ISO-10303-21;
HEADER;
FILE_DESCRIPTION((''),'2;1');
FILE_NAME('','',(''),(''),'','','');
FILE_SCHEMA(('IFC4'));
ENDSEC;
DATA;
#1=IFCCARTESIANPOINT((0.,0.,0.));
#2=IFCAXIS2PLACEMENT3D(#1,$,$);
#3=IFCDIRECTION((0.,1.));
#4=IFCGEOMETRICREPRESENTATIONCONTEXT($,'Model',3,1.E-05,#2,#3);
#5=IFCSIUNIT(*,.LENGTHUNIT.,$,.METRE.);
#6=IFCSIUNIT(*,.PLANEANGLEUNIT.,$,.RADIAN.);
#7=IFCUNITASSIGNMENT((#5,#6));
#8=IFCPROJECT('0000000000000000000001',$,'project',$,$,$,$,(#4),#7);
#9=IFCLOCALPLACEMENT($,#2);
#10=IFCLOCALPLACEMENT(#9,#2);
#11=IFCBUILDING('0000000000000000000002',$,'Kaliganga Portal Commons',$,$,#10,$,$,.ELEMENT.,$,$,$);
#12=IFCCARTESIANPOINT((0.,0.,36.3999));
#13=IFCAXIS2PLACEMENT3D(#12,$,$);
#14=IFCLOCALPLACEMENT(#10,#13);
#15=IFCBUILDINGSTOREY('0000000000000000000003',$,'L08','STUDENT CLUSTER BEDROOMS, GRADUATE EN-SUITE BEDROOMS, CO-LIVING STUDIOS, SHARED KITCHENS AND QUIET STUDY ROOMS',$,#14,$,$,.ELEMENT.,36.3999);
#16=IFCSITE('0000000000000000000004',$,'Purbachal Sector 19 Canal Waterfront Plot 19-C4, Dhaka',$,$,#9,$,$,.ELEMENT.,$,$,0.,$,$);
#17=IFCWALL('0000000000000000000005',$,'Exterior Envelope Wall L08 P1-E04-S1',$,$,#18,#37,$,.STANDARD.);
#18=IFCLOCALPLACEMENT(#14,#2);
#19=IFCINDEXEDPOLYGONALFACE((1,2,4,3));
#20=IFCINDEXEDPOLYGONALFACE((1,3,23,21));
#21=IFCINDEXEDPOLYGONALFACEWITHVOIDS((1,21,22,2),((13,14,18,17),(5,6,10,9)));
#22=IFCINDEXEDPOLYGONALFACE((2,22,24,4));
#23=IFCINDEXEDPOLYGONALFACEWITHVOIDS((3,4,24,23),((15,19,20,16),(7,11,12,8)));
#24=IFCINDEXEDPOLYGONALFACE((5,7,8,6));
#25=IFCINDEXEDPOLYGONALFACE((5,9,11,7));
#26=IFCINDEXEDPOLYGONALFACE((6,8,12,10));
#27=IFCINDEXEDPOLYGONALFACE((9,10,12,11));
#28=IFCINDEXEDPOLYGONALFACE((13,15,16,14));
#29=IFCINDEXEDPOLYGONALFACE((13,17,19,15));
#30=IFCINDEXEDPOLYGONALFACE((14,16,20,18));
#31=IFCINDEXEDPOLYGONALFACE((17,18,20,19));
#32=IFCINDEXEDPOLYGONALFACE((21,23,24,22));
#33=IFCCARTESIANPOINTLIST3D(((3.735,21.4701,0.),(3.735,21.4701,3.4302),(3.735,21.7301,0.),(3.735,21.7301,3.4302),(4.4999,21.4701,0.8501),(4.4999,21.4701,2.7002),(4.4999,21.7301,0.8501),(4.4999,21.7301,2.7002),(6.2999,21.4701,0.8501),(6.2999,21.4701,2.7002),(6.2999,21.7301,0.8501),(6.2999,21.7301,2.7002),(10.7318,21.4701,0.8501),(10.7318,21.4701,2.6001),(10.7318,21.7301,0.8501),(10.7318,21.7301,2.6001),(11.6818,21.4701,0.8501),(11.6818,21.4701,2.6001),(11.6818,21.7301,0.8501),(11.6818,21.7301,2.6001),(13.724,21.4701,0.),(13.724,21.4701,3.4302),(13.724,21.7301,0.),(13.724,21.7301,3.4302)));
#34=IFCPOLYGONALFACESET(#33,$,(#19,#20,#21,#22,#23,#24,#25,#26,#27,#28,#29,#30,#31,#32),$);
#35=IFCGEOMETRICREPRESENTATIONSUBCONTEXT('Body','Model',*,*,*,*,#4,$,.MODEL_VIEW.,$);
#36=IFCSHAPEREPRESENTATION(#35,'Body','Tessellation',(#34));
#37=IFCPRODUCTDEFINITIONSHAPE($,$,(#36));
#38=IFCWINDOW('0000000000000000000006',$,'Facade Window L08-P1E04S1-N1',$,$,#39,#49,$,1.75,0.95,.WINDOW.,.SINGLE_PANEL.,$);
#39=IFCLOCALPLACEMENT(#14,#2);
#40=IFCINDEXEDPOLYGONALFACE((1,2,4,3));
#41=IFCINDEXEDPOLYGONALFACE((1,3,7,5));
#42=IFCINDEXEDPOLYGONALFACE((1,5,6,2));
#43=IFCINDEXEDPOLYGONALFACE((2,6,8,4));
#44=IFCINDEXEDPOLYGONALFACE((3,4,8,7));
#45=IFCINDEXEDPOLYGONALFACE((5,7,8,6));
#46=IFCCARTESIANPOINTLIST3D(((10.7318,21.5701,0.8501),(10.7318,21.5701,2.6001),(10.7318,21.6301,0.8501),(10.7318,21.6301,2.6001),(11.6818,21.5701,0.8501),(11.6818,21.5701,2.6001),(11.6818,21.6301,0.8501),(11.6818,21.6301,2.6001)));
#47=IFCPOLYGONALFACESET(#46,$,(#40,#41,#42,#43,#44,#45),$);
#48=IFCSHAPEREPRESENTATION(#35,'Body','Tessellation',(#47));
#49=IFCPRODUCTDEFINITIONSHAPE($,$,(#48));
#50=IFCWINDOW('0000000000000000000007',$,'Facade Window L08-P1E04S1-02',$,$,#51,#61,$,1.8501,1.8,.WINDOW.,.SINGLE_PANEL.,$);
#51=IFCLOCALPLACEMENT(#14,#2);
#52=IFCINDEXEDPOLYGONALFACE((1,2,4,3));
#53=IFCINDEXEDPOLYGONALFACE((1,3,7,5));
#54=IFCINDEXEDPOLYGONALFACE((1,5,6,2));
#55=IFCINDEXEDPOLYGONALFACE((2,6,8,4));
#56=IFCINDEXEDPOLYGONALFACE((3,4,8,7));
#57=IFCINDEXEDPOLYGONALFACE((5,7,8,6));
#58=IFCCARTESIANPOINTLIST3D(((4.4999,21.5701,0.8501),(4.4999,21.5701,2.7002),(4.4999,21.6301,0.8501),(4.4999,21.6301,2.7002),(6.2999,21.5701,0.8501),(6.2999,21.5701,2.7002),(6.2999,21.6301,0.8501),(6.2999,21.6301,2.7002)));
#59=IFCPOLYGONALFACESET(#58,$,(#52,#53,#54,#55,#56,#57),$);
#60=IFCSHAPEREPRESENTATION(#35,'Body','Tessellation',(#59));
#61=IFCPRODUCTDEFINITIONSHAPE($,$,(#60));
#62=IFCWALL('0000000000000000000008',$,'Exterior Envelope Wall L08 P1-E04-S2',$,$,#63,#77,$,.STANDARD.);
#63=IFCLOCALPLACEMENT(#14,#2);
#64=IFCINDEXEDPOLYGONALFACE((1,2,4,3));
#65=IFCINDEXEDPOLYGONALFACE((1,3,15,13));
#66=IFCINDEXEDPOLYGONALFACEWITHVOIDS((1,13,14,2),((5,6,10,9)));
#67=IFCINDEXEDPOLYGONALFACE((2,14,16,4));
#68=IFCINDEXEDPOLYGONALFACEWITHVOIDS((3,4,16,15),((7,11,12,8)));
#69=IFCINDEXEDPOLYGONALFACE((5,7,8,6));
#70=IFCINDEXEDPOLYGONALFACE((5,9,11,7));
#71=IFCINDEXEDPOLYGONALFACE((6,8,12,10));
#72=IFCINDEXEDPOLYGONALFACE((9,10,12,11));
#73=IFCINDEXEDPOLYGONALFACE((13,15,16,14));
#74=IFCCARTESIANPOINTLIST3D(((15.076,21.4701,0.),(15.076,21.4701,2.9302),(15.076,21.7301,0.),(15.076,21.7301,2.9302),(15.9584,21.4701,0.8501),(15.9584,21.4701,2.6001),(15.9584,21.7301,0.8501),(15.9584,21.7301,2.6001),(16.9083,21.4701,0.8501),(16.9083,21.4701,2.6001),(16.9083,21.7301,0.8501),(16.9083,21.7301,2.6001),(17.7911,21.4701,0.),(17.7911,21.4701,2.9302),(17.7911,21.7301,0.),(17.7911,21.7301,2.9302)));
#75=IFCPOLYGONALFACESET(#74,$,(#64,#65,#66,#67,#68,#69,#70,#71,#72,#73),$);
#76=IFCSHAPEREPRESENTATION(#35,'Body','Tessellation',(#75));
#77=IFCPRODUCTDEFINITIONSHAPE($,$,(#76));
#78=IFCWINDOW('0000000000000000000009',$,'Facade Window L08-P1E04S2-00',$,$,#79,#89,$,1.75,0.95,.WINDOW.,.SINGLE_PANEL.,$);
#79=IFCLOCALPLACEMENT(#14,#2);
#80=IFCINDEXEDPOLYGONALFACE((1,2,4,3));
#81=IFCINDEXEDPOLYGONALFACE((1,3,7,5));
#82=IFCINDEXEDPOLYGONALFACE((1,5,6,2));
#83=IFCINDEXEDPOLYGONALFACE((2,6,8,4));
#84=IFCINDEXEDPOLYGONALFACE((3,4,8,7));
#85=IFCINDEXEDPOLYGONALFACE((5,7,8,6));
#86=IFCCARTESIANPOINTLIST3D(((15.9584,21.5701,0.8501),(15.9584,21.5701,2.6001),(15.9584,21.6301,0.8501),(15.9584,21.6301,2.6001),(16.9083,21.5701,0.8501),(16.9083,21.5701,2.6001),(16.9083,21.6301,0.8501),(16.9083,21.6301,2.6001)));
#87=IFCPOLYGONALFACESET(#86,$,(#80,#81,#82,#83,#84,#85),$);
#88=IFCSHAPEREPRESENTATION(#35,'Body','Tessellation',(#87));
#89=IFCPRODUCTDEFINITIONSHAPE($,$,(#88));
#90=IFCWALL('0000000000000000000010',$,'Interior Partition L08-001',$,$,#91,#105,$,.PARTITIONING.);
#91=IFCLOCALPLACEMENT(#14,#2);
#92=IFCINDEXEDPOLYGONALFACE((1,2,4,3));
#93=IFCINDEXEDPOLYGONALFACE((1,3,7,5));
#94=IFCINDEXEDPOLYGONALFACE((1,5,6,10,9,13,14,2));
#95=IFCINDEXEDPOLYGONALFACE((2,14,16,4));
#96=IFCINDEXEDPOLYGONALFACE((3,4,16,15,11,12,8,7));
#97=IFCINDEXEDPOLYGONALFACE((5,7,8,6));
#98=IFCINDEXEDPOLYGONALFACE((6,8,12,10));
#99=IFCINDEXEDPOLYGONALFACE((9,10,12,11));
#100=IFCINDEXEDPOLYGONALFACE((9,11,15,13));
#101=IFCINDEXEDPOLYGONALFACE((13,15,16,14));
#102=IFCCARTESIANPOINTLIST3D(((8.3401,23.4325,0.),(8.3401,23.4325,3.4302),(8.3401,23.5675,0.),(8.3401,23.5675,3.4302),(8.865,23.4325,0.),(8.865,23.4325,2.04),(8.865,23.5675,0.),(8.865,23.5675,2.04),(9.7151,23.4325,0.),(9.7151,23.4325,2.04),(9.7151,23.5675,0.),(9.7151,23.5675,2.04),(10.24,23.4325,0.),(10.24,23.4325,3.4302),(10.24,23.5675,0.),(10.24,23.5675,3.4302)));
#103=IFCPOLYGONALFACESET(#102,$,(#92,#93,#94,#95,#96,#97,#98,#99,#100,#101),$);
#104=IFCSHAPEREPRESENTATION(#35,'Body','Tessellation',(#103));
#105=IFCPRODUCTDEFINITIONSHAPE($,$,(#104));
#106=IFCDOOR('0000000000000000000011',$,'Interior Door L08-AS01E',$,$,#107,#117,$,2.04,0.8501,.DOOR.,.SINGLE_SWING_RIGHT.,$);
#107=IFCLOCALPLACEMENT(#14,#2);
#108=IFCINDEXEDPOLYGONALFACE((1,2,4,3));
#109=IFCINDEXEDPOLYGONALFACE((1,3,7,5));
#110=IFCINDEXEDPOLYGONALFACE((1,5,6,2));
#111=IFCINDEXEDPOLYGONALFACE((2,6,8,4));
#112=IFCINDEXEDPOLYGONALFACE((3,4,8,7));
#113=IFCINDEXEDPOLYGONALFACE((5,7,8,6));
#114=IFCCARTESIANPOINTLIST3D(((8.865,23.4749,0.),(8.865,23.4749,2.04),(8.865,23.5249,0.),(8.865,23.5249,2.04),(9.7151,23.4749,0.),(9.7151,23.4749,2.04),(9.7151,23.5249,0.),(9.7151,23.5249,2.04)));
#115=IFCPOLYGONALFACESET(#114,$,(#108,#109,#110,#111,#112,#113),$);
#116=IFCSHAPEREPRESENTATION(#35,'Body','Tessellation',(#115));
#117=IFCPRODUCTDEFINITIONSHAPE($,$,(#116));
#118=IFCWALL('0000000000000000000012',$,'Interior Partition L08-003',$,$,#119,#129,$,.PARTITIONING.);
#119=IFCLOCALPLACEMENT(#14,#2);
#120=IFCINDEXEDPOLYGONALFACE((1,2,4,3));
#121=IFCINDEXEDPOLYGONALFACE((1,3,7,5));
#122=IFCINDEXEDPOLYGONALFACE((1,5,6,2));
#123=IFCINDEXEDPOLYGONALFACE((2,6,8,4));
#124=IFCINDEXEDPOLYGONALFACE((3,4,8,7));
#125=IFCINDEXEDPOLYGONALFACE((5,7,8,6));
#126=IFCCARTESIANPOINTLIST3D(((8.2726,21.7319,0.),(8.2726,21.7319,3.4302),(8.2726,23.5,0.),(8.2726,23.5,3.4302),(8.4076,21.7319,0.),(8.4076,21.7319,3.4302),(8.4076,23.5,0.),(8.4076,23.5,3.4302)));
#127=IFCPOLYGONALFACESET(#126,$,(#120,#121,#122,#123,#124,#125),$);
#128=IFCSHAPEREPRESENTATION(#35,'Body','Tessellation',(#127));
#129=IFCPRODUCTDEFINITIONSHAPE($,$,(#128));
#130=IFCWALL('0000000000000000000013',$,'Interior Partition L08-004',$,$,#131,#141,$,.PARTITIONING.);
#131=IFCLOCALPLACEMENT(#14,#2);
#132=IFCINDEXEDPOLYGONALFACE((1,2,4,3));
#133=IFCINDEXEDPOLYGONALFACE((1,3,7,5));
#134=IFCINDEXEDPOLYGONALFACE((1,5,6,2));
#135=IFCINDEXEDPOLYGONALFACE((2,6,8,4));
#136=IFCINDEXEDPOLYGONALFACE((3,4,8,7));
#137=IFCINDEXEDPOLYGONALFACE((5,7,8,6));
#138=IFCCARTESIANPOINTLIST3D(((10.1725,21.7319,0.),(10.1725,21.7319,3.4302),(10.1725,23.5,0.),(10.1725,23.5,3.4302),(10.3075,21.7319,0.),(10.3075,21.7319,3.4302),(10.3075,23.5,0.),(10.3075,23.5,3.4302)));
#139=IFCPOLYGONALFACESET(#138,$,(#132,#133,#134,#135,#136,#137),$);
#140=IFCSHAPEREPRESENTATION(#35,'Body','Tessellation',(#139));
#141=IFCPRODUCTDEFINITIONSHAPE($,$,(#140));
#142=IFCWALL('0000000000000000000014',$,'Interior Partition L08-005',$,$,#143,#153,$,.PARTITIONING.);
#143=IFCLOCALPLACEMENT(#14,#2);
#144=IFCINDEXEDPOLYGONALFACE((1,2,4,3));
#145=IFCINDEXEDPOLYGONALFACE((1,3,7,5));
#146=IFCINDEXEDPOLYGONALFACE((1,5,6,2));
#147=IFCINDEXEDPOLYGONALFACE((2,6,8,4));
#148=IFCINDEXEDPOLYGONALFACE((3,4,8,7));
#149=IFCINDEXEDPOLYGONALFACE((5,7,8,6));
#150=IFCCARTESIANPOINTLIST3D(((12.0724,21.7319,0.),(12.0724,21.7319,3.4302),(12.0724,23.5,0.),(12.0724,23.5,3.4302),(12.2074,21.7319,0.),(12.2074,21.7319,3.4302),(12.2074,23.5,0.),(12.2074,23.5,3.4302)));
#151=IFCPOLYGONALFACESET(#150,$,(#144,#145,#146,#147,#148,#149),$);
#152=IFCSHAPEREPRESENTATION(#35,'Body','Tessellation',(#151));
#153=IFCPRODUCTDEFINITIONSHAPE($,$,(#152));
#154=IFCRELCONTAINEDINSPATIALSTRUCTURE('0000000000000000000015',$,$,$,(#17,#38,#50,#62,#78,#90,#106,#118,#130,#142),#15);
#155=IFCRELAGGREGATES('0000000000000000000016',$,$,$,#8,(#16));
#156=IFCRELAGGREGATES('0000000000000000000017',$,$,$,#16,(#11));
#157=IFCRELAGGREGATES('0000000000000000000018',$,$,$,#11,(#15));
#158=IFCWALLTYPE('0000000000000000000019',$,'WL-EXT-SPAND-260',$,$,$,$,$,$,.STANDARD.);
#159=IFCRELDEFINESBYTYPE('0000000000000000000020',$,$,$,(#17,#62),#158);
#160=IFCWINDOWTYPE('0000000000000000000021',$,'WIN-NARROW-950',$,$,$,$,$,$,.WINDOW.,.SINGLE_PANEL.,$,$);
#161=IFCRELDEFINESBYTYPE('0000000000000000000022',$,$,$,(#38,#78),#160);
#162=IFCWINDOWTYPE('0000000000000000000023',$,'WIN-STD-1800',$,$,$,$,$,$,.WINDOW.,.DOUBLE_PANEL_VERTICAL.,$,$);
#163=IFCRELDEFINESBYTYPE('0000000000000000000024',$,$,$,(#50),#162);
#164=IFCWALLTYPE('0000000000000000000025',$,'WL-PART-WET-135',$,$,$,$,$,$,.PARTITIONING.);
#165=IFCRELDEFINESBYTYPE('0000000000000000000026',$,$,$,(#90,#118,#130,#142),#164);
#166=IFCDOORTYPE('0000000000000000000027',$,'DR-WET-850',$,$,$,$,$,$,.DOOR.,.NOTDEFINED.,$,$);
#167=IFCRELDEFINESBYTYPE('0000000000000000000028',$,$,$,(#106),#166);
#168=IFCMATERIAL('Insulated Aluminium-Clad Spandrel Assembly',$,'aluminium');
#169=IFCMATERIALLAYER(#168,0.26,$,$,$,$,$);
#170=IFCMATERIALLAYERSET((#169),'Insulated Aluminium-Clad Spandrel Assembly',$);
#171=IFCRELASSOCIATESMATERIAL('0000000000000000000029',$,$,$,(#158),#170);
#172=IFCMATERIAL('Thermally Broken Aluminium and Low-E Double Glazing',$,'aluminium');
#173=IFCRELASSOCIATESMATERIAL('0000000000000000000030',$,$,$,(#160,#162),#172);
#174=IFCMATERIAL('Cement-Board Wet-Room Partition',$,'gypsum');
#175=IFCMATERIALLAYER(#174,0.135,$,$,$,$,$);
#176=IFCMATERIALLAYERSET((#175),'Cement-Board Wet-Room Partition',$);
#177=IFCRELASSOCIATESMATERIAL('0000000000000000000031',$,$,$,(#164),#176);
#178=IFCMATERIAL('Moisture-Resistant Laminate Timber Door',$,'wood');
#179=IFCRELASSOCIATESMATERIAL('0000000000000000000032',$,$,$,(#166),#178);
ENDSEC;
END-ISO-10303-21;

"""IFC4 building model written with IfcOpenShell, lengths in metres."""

from ifc_helpers import new_model, si_unit, direction, frame, frame_2d, origin, place, context, subcontext, project, spatial, rectangle, extrude, material, layer, layer_set, type_object, element, fill, save


model = new_model("IFC4")

# Units and contexts
model_context = context("Model", 3, precision=1e-05, world=origin(), true_north=direction((0.0, 1.0)))
body_context = subcontext(model_context, "Body", "Model", "MODEL_VIEW")
ifc_project = project(units=[si_unit("LENGTHUNIT", "METRE"), si_unit("PLANEANGLEUNIT", "RADIAN")], contexts=[model_context])

# Site, building, storey
site_placement = place(None, origin())
site = spatial("IfcSite", under=ifc_project, at=site_placement, Name="Purbachal Sector 19 Canal Waterfront Plot 19-C4, Dhaka", CompositionType="ELEMENT", RefElevation=0.0)
building_placement = place(site_placement, origin())
building = spatial("IfcBuilding", under=site, at=building_placement, Name="Kaliganga Portal Commons", CompositionType="ELEMENT")
storey_placement = place(building_placement, frame((0.0, 0.0, 36.3999)))
storey = spatial("IfcBuildingStorey", under=building, at=storey_placement, Name="L08", Description="STUDENT CLUSTER BEDROOMS, GRADUATE EN-SUITE BEDROOMS, CO-LIVING STUDIOS, SHARED KITCHENS AND QUIET STUDY ROOMS", CompositionType="ELEMENT", Elevation=36.3999)

# Wall, openings, windows
ifc_material_1 = material(Name="Insulated Aluminium-Clad Spandrel Assembly", Category="aluminium")
ifc_layer_1 = layer(ifc_material_1, 0.26)
ifc_layer_set_1 = layer_set([ifc_layer_1], Name="Insulated Aluminium-Clad Spandrel Assembly")
wall_type_1 = type_object("IfcWallType", Name="WL-EXT-SPAND-260", PredefinedType="STANDARD", material=ifc_layer_set_1)
ifc_material_2 = material(Name="Thermally Broken Aluminium and Low-E Double Glazing", Category="aluminium")
window_type_1 = type_object("IfcWindowType", Name="WIN-NARROW-950", PartitioningType="SINGLE_PANEL", PredefinedType="WINDOW", material=ifc_material_2)
window_type_2 = type_object("IfcWindowType", Name="WIN-STD-1800", PartitioningType="DOUBLE_PANEL_VERTICAL", PredefinedType="WINDOW", material=ifc_material_2)
wall_1_placement = place(storey_placement, frame((13.7241, 21.6001, 0.0), z_axis=(0.0, 0.0, 1.0), x_axis=(-1.0, 0.0, 0.0)))
wall_1 = element("IfcWall", 1, at=wall_1_placement, inside=storey, type_object=wall_type_1, Name="Exterior Envelope Wall L08 P1-E04-S1", PredefinedType="STANDARD", context=body_context, shape_type="SweptSolid", body=[
    extrude(rectangle(XDim=9.989, YDim=0.26, at=frame_2d((4.9946, 0.0))), origin(), (0.0, 0.0, 1.0), 3.4302),
])
opening_1_placement = place(wall_1_placement, frame((7.4243, 0.0, 0.8501)))
opening_1 = element("IfcOpeningElement", 2, at=opening_1_placement, cuts=wall_1, PredefinedType="OPENING", context=body_context, shape_type="SweptSolid", body=[
    extrude(rectangle(XDim=1.8, YDim=1.8501, at=frame_2d((0.8999, 0.925))), frame((0.0, 0.1401, 0.0), z_axis=(0.0, -1.0, 0.0), x_axis=(1.0, 0.0, 0.0)), (0.0, 0.0, 1.0), 0.28),
])
opening_2_placement = place(wall_1_placement, frame((2.0422, 0.0, 0.8501)))
opening_2 = element("IfcOpeningElement", 3, at=opening_2_placement, cuts=wall_1, PredefinedType="OPENING", context=body_context, shape_type="SweptSolid", body=[
    extrude(rectangle(XDim=0.95, YDim=1.75, at=frame_2d((0.4751, 0.875))), frame((0.0, 0.1401, 0.0), z_axis=(0.0, -1.0, 0.0), x_axis=(1.0, 0.0, 0.0)), (0.0, 0.0, 1.0), 0.28),
])
window_1_placement = place(opening_2_placement, origin())
window_1 = element("IfcWindow", 4, at=window_1_placement, inside=storey, type_object=window_type_1, Name="Facade Window L08-P1E04S1-N1", OverallHeight=1.75, OverallWidth=0.95, PartitioningType="SINGLE_PANEL", PredefinedType="WINDOW", context=body_context, shape_type="SweptSolid", body=[
    extrude(rectangle(XDim=0.95, YDim=1.75, at=frame_2d((0.4751, 0.875))), frame((0.0, 0.03, 0.0), z_axis=(0.0, -1.0, 0.0), x_axis=(1.0, 0.0, 0.0)), (0.0, 0.0, 1.0), 0.0601),
])
fill(opening_2, window_1)
window_2_placement = place(opening_1_placement, origin())
window_2 = element("IfcWindow", 5, at=window_2_placement, inside=storey, type_object=window_type_2, Name="Facade Window L08-P1E04S1-02", OverallHeight=1.8501, OverallWidth=1.8, PartitioningType="SINGLE_PANEL", PredefinedType="WINDOW", context=body_context, shape_type="SweptSolid", body=[
    extrude(rectangle(XDim=1.8, YDim=1.8501, at=frame_2d((0.8999, 0.925))), frame((0.0, 0.03, 0.0), z_axis=(0.0, -1.0, 0.0), x_axis=(1.0, 0.0, 0.0)), (0.0, 0.0, 1.0), 0.0601),
])
fill(opening_1, window_2)

# Wall, opening, window
wall_2_placement = place(storey_placement, frame((17.791, 21.6001, 0.0), z_axis=(0.0, 0.0, 1.0), x_axis=(-1.0, 0.0, 0.0)))
wall_2 = element("IfcWall", 6, at=wall_2_placement, inside=storey, type_object=wall_type_1, Name="Exterior Envelope Wall L08 P1-E04-S2", PredefinedType="STANDARD", context=body_context, shape_type="SweptSolid", body=[
    extrude(rectangle(XDim=2.7151, YDim=0.26, at=frame_2d((1.3574, 0.0))), origin(), (0.0, 0.0, 1.0), 2.9302),
])
opening_3_placement = place(wall_2_placement, frame((0.8826, 0.0, 0.8501)))
opening_3 = element("IfcOpeningElement", 7, at=opening_3_placement, cuts=wall_2, PredefinedType="OPENING", context=body_context, shape_type="SweptSolid", body=[
    extrude(rectangle(XDim=0.95, YDim=1.75, at=frame_2d((0.4751, 0.875))), frame((0.0, 0.1401, 0.0), z_axis=(0.0, -1.0, 0.0), x_axis=(1.0, 0.0, 0.0)), (0.0, 0.0, 1.0), 0.28),
])
window_3_placement = place(opening_3_placement, origin())
window_3 = element("IfcWindow", 8, at=window_3_placement, inside=storey, type_object=window_type_1, Name="Facade Window L08-P1E04S2-00", OverallHeight=1.75, OverallWidth=0.95, PartitioningType="SINGLE_PANEL", PredefinedType="WINDOW", context=body_context, shape_type="SweptSolid", body=[
    extrude(rectangle(XDim=0.95, YDim=1.75, at=frame_2d((0.4751, 0.875))), frame((0.0, 0.03, 0.0), z_axis=(0.0, -1.0, 0.0), x_axis=(1.0, 0.0, 0.0)), (0.0, 0.0, 1.0), 0.0601),
])
fill(opening_3, window_3)

# Wall, opening, door
ifc_material_3 = material(Name="Cement-Board Wet-Room Partition", Category="gypsum")
ifc_layer_2 = layer(ifc_material_3, 0.135)
ifc_layer_set_2 = layer_set([ifc_layer_2], Name="Cement-Board Wet-Room Partition")
wall_type_2 = type_object("IfcWallType", Name="WL-PART-WET-135", PredefinedType="PARTITIONING", material=ifc_layer_set_2)
wall_3_placement = place(storey_placement, frame((8.3401, 23.5, 0.0), z_axis=(0.0, 0.0, 1.0), x_axis=(1.0, 0.0, 0.0)))
wall_3 = element("IfcWall", 9, at=wall_3_placement, inside=storey, type_object=wall_type_2, Name="Interior Partition L08-001", PredefinedType="PARTITIONING", context=body_context, shape_type="SweptSolid", body=[
    extrude(rectangle(XDim=1.8999, YDim=0.135, at=frame_2d((0.95, 0.0))), origin(), (0.0, 0.0, 1.0), 3.4302),
])
opening_4_placement = place(wall_3_placement, frame((0.5249, 0.0, 0.0)))
opening_4 = element("IfcOpeningElement", 10, at=opening_4_placement, cuts=wall_3, PredefinedType="OPENING", context=body_context, shape_type="SweptSolid", body=[
    extrude(rectangle(XDim=0.8501, YDim=2.04, at=frame_2d((0.425, 1.02))), frame((0.0, 0.0776, 0.0), z_axis=(0.0, -1.0, 0.0), x_axis=(1.0, 0.0, 0.0)), (0.0, 0.0, 1.0), 0.155),
])
ifc_material_4 = material(Name="Moisture-Resistant Laminate Timber Door", Category="wood")
door_type = type_object("IfcDoorType", Name="DR-WET-850", OperationType="NOTDEFINED", PredefinedType="DOOR", material=ifc_material_4)
door_placement = place(opening_4_placement, origin())
door = element("IfcDoor", 11, at=door_placement, inside=storey, type_object=door_type, Name="Interior Door L08-AS01E", OperationType="SINGLE_SWING_RIGHT", OverallHeight=2.04, OverallWidth=0.8501, PredefinedType="DOOR", context=body_context, shape_type="SweptSolid", body=[
    extrude(rectangle(XDim=0.8501, YDim=2.04, at=frame_2d((0.425, 1.02))), frame((0.0, 0.0249, 0.0), z_axis=(0.0, -1.0, 0.0), x_axis=(1.0, 0.0, 0.0)), (0.0, 0.0, 1.0), 0.05),
])
fill(opening_4, door)

# Walls
for number, where, z_axis, x_axis, name in (
    (12, (8.3401, 21.7319, 0.0), (0.0, 0.0, 1.0), (0.0, 1.0, 0.0), "Interior Partition L08-003"),
    (13, (10.24, 21.7319, 0.0), (0.0, 0.0, 1.0), (0.0, 1.0, 0.0), "Interior Partition L08-004"),
    (14, (12.1399, 21.7319, 0.0), (0.0, 0.0, 1.0), (0.0, 1.0, 0.0), "Interior Partition L08-005"),
):
    element("IfcWall", number, at=place(storey_placement, frame(where, z_axis=z_axis, x_axis=x_axis)), inside=storey, type_object=wall_type_2, Name=name, PredefinedType="PARTITIONING", context=body_context, shape_type="SweptSolid", body=[
        extrude(rectangle(XDim=1.7681, YDim=0.135, at=frame_2d((0.884, 0.0))), origin(), (0.0, 0.0, 1.0), 3.4302),
    ])

save(model, "model.ifc")
